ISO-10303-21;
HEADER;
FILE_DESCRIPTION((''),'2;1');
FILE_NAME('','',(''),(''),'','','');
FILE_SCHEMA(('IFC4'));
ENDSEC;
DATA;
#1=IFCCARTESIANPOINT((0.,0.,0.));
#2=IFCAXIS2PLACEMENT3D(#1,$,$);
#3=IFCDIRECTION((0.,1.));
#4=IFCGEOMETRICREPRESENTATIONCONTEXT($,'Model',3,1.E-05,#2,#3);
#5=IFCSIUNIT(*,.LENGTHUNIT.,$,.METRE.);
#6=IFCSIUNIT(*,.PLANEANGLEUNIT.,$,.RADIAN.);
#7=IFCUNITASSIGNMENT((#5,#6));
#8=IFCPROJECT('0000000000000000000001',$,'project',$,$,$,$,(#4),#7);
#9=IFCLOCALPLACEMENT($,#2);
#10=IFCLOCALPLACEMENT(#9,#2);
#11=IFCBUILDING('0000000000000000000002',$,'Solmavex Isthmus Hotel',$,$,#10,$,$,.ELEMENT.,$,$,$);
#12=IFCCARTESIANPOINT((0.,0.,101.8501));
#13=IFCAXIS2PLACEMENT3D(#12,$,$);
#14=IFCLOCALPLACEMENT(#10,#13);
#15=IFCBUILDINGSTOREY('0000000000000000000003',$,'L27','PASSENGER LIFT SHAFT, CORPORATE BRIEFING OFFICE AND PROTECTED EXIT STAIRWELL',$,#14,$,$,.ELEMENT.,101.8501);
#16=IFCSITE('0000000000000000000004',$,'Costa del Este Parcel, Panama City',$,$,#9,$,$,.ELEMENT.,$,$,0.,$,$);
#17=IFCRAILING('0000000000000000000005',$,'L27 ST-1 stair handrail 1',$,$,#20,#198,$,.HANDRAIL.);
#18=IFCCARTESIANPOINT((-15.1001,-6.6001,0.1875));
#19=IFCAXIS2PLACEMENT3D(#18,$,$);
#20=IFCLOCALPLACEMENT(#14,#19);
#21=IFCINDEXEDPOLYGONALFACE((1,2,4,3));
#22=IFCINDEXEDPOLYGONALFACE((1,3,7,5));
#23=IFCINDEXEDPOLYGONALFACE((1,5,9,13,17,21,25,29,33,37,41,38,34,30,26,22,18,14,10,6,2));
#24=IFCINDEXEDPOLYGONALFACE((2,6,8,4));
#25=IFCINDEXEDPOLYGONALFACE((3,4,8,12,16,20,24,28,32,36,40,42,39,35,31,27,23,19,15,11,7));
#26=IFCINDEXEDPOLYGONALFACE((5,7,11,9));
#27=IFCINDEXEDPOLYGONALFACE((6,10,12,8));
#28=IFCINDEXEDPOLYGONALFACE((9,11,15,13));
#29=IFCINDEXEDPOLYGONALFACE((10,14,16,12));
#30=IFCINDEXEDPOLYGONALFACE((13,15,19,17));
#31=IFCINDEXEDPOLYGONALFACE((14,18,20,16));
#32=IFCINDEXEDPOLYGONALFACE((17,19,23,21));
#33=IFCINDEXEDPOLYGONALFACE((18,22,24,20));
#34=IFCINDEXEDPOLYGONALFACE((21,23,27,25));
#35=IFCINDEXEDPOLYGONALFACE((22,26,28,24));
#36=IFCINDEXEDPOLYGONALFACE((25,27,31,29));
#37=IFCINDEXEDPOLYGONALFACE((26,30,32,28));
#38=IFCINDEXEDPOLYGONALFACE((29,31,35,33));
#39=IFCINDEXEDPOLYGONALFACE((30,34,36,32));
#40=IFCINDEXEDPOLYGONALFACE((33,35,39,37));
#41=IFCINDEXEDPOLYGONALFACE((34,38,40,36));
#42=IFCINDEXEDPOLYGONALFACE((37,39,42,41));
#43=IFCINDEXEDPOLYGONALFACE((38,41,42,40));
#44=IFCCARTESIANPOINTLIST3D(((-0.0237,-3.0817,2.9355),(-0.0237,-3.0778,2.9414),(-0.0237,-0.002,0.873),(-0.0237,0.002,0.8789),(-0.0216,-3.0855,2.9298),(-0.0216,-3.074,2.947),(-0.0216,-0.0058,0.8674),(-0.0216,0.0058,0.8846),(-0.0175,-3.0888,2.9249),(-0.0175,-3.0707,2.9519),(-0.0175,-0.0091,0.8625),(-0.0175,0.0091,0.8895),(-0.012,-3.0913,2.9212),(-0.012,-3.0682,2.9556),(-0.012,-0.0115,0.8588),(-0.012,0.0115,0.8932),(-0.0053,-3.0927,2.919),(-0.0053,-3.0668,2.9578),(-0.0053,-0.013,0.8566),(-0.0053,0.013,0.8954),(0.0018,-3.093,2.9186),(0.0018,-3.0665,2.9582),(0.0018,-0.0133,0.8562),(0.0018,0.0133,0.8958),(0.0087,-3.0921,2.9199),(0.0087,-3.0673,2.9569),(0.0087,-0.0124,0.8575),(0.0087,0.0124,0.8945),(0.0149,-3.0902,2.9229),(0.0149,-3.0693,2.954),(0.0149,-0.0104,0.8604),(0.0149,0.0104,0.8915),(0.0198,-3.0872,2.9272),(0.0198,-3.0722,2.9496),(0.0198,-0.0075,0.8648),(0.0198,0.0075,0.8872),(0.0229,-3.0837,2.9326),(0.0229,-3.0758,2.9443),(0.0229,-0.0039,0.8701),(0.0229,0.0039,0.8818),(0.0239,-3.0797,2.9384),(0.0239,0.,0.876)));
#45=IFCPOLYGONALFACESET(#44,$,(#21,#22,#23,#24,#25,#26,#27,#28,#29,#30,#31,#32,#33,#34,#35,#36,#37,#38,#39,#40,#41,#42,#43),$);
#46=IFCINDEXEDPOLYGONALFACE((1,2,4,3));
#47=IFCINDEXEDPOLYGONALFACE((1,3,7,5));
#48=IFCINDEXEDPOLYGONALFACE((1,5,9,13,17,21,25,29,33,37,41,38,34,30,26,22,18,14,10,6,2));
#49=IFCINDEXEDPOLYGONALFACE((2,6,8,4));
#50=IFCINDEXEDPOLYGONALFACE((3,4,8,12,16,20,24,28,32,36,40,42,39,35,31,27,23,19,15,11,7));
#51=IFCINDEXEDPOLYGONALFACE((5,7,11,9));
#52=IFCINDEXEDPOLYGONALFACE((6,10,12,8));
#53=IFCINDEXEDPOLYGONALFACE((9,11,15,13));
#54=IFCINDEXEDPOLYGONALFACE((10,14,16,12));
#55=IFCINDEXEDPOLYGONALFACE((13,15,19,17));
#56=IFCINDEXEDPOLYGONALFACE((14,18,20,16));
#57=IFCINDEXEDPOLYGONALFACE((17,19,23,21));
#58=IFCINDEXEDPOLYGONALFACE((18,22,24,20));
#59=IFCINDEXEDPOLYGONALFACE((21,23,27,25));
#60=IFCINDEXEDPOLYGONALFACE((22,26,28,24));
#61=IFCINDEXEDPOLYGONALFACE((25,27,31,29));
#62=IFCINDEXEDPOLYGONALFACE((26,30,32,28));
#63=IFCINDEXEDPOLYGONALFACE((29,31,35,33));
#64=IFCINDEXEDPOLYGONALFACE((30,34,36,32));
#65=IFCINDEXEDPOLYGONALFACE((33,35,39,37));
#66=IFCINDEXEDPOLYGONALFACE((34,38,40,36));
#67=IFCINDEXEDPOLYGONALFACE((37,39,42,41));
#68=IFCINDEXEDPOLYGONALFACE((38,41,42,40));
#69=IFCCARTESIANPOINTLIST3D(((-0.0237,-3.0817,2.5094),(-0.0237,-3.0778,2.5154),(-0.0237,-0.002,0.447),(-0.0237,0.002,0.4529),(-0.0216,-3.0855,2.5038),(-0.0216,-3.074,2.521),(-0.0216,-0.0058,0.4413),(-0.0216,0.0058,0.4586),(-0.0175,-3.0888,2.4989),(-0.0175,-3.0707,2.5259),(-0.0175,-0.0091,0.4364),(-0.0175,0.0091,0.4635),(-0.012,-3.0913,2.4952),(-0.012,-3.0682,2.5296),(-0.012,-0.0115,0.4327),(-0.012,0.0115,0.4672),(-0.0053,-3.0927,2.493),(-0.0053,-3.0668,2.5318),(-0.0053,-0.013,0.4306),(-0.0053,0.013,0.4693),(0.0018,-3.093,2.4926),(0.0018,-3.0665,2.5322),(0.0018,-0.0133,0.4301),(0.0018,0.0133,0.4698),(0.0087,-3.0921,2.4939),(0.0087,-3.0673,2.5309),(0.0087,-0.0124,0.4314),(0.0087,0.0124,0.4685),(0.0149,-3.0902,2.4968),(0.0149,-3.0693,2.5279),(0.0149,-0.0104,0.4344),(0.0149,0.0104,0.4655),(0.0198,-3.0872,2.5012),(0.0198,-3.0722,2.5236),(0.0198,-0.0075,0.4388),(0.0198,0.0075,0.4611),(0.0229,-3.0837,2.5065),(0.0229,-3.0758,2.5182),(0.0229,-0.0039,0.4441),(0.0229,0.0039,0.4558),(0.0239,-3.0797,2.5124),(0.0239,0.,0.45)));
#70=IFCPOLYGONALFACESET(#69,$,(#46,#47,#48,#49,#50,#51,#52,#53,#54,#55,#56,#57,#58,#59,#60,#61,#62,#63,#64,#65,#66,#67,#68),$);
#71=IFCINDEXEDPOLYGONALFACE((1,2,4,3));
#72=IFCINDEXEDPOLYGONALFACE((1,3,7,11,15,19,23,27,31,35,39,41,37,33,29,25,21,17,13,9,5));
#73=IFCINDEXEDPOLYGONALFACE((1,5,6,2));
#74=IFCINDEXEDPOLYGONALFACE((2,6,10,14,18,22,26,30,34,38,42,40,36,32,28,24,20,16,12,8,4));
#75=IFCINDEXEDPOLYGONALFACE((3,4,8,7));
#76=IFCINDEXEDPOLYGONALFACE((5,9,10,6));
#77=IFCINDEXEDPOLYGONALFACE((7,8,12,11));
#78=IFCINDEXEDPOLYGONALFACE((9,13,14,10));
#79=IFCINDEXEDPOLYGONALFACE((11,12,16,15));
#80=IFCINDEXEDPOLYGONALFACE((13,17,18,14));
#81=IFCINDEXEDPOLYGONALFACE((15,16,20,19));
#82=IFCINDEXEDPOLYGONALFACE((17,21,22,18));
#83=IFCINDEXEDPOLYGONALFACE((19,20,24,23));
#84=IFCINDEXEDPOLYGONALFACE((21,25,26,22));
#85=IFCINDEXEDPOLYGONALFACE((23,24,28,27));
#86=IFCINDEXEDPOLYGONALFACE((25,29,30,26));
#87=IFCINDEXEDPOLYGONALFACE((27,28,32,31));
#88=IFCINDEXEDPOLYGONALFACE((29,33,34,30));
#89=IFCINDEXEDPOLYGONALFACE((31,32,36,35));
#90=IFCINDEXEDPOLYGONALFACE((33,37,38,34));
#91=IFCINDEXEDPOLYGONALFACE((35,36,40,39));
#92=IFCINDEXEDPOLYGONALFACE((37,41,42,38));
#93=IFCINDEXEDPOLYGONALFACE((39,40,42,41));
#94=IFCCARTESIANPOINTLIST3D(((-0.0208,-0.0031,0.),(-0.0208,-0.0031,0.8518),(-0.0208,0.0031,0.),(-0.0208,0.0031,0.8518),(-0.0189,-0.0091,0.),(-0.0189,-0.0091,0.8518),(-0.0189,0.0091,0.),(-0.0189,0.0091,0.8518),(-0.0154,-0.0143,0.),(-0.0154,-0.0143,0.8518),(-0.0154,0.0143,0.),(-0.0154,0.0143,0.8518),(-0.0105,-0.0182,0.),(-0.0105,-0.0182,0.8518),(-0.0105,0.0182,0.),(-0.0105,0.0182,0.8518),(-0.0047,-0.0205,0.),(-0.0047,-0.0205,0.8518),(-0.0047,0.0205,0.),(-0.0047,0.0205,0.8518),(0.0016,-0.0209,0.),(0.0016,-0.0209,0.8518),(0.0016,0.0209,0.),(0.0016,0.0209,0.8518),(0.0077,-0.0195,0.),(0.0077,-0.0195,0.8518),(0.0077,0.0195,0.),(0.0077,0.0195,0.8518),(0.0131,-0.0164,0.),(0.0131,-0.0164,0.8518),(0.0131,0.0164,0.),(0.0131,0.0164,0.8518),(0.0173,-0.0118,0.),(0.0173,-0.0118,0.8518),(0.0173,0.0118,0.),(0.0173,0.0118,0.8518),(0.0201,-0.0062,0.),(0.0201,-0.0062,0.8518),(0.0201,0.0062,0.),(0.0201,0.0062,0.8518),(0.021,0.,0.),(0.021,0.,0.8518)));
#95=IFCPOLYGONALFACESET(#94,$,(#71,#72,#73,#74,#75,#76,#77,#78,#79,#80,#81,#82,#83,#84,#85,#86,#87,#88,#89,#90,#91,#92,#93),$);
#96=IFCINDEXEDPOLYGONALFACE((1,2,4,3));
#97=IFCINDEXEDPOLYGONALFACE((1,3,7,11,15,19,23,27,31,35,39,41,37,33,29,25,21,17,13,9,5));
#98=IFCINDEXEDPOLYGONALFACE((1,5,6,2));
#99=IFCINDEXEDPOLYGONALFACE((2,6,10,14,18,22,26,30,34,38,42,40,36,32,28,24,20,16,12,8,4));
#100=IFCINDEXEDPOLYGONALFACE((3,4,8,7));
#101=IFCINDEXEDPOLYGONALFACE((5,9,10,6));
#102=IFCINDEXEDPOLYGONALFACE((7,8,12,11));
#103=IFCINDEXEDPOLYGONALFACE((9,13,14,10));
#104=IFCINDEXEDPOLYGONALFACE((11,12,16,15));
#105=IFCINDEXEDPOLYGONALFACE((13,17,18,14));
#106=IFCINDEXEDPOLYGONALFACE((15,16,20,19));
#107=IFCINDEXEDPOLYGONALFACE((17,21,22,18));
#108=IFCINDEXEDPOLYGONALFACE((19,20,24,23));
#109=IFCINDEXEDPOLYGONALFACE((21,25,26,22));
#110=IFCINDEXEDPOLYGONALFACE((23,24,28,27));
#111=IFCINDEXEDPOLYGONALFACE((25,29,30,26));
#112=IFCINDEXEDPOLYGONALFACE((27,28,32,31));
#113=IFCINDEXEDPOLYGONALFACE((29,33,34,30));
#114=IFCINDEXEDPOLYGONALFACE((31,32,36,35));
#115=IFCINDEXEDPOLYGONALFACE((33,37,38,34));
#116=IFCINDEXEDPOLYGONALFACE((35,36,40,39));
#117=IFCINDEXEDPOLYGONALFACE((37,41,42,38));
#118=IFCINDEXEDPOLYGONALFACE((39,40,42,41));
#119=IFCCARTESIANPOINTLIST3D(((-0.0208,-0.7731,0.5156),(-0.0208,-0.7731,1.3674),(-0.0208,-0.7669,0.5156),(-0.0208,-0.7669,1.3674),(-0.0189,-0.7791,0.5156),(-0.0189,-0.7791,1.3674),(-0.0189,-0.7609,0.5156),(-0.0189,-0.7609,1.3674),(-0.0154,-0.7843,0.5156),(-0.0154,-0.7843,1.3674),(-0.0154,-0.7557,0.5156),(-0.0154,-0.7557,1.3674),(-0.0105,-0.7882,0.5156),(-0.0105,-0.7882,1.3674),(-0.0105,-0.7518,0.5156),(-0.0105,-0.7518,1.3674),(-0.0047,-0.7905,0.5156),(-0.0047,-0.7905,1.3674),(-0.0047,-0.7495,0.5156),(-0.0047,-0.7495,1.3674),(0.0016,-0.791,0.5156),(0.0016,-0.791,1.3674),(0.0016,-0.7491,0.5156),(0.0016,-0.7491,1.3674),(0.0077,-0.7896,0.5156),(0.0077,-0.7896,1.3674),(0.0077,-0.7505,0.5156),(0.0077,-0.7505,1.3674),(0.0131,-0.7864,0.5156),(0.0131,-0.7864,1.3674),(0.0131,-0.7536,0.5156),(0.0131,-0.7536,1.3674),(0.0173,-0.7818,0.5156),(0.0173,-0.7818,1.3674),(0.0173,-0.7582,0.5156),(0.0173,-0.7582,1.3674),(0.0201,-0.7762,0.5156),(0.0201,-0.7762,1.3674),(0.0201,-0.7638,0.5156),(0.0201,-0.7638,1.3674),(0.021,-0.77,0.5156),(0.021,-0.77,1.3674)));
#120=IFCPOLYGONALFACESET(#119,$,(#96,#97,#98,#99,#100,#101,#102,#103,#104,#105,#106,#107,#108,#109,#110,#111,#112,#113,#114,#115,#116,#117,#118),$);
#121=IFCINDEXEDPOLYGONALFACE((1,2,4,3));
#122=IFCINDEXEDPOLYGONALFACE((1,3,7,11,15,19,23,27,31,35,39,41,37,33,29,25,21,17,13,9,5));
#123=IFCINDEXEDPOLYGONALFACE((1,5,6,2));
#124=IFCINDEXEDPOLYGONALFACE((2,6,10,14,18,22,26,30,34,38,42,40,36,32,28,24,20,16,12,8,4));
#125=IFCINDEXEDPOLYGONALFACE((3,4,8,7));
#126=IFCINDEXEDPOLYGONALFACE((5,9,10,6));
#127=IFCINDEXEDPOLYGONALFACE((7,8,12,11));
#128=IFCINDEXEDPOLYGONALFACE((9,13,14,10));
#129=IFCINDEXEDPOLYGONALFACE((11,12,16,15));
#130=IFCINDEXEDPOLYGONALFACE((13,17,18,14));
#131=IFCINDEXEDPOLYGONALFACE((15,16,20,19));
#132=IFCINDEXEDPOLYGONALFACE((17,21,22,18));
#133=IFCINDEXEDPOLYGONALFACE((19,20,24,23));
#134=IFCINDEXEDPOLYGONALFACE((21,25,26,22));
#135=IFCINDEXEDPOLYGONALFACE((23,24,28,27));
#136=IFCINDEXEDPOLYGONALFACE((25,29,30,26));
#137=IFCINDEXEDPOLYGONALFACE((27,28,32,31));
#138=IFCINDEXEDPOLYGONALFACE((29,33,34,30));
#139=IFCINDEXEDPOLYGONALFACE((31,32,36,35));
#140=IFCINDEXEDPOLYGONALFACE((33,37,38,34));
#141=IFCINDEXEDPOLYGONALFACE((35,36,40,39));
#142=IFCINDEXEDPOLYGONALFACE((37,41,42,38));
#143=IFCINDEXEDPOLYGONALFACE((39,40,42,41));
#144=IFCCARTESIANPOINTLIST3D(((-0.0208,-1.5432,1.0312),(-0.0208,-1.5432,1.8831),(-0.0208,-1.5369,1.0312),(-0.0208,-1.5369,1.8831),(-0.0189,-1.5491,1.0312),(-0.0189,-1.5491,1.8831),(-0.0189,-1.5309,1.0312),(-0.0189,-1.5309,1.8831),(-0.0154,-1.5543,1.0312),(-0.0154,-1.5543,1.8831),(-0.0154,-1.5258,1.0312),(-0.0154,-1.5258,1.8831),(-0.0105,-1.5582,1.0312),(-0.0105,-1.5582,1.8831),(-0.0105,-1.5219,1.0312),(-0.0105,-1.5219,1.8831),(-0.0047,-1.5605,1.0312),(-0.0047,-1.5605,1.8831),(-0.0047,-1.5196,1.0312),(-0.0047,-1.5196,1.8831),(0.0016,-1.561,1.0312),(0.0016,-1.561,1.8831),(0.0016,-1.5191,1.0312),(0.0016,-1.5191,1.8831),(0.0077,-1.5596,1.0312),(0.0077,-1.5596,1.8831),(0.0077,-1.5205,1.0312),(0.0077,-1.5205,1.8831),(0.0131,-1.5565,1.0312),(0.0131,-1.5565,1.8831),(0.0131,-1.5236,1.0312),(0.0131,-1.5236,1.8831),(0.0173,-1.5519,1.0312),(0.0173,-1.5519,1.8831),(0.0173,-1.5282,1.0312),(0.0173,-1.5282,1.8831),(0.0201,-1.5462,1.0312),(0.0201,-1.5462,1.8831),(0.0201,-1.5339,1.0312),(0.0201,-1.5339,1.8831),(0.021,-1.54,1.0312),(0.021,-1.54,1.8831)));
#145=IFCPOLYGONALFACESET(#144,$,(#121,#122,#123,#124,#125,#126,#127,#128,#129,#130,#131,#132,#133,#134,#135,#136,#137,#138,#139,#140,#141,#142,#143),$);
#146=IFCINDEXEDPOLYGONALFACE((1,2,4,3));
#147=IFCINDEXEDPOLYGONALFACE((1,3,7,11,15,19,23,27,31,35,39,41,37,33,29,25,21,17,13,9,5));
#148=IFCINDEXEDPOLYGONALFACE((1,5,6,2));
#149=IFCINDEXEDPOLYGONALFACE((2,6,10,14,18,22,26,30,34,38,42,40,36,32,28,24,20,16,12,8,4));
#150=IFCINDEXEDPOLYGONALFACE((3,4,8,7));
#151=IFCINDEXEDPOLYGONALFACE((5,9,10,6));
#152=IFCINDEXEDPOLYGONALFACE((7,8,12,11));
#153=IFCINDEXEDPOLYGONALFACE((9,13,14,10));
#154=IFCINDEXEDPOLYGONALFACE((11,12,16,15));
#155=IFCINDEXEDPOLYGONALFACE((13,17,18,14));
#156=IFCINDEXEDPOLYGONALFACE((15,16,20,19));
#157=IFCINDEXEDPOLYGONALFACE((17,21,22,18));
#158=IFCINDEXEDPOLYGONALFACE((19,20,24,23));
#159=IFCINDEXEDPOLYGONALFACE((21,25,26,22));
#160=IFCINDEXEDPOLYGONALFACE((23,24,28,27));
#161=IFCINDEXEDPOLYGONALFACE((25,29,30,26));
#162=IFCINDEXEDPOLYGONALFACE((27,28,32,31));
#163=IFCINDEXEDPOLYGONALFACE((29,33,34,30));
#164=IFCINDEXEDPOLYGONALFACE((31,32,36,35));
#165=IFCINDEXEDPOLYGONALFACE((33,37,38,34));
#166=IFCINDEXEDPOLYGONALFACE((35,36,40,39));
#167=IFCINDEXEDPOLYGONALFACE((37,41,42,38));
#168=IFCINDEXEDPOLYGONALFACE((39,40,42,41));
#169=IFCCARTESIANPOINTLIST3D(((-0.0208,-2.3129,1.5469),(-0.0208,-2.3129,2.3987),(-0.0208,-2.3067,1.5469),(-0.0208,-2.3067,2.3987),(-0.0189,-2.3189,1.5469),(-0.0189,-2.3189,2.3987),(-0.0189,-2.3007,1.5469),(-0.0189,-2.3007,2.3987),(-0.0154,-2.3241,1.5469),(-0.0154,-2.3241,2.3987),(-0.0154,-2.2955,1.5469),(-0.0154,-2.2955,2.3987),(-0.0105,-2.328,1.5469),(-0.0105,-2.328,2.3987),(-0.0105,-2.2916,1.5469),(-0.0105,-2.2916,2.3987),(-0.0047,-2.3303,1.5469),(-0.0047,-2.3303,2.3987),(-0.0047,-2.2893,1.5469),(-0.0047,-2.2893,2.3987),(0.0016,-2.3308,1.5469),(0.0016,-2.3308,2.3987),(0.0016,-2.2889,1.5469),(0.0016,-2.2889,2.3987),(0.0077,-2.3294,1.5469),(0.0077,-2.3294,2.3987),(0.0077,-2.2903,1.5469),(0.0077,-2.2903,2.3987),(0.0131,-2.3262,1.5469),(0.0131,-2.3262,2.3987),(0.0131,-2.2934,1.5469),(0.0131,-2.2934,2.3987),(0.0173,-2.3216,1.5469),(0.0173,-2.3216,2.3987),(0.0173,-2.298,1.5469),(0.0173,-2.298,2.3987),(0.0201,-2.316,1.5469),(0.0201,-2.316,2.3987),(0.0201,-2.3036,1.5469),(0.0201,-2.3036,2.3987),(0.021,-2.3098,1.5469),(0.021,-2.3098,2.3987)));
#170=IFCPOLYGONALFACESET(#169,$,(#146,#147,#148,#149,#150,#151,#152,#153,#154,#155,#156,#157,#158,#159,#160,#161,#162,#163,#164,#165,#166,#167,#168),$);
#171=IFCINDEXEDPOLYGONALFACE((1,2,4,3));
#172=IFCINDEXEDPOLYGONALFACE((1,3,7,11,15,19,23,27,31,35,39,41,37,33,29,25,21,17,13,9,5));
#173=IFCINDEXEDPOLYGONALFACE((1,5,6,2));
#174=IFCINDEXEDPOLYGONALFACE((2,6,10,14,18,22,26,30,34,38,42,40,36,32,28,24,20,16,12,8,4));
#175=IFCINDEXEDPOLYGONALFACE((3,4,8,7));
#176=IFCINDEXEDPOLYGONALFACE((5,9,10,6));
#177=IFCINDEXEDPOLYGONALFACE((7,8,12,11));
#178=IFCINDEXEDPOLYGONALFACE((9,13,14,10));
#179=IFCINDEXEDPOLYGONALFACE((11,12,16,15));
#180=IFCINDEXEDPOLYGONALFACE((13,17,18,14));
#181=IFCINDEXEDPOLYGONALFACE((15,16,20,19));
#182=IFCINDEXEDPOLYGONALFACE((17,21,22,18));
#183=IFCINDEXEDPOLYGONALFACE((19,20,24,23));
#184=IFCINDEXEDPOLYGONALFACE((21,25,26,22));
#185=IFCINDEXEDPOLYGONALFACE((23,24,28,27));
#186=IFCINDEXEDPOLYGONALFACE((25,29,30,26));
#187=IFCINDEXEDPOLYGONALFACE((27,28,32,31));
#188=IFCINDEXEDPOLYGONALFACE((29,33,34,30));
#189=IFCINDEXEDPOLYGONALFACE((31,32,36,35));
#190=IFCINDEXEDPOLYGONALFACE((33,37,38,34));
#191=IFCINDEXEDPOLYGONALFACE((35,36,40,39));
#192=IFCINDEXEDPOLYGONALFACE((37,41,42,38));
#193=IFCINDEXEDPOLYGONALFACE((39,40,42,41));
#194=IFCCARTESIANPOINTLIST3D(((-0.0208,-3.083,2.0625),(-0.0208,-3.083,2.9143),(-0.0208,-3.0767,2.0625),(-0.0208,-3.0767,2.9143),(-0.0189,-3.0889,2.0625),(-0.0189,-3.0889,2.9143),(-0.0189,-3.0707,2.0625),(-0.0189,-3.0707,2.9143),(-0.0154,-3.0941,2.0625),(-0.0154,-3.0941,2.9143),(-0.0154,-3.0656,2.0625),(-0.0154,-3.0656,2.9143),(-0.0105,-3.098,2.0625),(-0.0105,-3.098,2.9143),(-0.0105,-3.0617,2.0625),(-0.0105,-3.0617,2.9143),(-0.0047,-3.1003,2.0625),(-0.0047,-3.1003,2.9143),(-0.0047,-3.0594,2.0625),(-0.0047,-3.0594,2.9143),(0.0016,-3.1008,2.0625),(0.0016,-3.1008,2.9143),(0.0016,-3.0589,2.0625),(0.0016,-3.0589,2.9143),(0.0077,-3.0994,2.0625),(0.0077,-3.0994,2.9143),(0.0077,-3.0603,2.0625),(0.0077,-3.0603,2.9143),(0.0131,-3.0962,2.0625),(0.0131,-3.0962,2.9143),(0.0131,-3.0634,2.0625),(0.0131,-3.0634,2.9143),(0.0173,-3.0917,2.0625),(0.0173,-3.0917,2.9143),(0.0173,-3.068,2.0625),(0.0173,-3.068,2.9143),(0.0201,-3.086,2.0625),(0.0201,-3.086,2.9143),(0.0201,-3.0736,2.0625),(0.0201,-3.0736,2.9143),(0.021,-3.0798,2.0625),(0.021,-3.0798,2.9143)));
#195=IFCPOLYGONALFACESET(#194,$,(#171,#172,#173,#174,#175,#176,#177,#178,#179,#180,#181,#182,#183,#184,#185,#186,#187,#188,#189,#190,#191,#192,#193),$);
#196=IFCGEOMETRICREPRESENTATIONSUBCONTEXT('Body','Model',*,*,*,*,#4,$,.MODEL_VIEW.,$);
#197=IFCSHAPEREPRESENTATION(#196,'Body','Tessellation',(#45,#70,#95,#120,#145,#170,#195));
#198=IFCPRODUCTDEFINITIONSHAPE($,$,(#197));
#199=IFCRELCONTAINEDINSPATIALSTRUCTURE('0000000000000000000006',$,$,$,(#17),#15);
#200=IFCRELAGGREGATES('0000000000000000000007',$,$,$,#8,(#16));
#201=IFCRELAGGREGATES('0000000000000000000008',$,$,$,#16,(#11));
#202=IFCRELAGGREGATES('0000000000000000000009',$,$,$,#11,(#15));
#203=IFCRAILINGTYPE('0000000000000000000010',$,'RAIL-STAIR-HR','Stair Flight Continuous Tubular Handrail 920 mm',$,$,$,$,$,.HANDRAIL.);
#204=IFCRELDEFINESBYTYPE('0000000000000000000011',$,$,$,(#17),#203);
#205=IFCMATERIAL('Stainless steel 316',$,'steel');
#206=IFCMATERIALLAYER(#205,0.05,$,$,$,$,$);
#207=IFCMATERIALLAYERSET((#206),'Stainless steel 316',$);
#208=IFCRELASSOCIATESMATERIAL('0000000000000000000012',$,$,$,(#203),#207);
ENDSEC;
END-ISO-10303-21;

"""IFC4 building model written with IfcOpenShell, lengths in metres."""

from ifc_helpers import new_model, si_unit, direction, frame, origin, origin_2d, place, context, subcontext, project, spatial, circle, extrude, material, layer, layer_set, type_object, element, save


model = new_model("IFC4")

# Units and contexts
model_context = context("Model", 3, precision=1e-05, world=origin(), true_north=direction((0.0, 1.0)))
body_context = subcontext(model_context, "Body", "Model", "MODEL_VIEW")
ifc_project = project(units=[si_unit("LENGTHUNIT", "METRE"), si_unit("PLANEANGLEUNIT", "RADIAN")], contexts=[model_context])

# Site, building, storey
site_placement = place(None, origin())
site = spatial("IfcSite", under=ifc_project, at=site_placement, Name="Costa del Este Parcel, Panama City", CompositionType="ELEMENT", RefElevation=0.0)
building_placement = place(site_placement, origin())
building = spatial("IfcBuilding", under=site, at=building_placement, Name="Solmavex Isthmus Hotel", CompositionType="ELEMENT")
storey_placement = place(building_placement, frame((0.0, 0.0, 101.8501)))
storey = spatial("IfcBuildingStorey", under=building, at=storey_placement, Name="L27", Description="PASSENGER LIFT SHAFT, CORPORATE BRIEFING OFFICE AND PROTECTED EXIT STAIRWELL", CompositionType="ELEMENT", Elevation=101.8501)

# Railing
ifc_material_1 = material(Name="Stainless steel 316", Category="steel")
ifc_layer_1 = layer(ifc_material_1, 0.05)
ifc_layer_set_1 = layer_set([ifc_layer_1], Name="Stainless steel 316")
railing_type_1 = type_object("IfcRailingType", Name="RAIL-STAIR-HR", Description="Stair Flight Continuous Tubular Handrail 920 mm", PredefinedType="HANDRAIL", material=ifc_layer_set_1)
railing_1_placement = place(storey_placement, frame((-15.1001, -6.6001, 0.1875)))
element("IfcRailing", 1, at=railing_1_placement, inside=storey, type_object=railing_type_1, Name="L27 ST-1 stair handrail 1", PredefinedType="HANDRAIL", context=body_context, shape_type="SweptSolid", body=[
    extrude(circle(Radius=0.0239, at=origin_2d()), frame((0.0, 0.0, 0.876), z_axis=(0.0, -0.830893, 0.556432), x_axis=(1.0, 0.0, 0.0)), (0.0, 0.0, 1.0), 3.7065),
    extrude(circle(Radius=0.0239, at=origin_2d()), frame((0.0, 0.0, 0.45), z_axis=(0.0, -0.830893, 0.556432), x_axis=(1.0, 0.0, 0.0)), (0.0, 0.0, 1.0), 3.7065),
    extrude(circle(Radius=0.021, at=origin_2d()), origin(), (0.0, 0.0, 1.0), 0.8518),
    extrude(circle(Radius=0.021, at=origin_2d()), frame((0.0, -0.77, 0.5156)), (0.0, 0.0, 1.0), 0.8518),
    extrude(circle(Radius=0.021, at=origin_2d()), frame((0.0, -1.54, 1.0312)), (0.0, 0.0, 1.0), 0.8518),
    extrude(circle(Radius=0.021, at=origin_2d()), frame((0.0, -2.3098, 1.5469)), (0.0, 0.0, 1.0), 0.8518),
    extrude(circle(Radius=0.021, at=origin_2d()), frame((0.0, -3.0798, 2.0625)), (0.0, 0.0, 1.0), 0.8518),
])

save(model, "model.ifc")
